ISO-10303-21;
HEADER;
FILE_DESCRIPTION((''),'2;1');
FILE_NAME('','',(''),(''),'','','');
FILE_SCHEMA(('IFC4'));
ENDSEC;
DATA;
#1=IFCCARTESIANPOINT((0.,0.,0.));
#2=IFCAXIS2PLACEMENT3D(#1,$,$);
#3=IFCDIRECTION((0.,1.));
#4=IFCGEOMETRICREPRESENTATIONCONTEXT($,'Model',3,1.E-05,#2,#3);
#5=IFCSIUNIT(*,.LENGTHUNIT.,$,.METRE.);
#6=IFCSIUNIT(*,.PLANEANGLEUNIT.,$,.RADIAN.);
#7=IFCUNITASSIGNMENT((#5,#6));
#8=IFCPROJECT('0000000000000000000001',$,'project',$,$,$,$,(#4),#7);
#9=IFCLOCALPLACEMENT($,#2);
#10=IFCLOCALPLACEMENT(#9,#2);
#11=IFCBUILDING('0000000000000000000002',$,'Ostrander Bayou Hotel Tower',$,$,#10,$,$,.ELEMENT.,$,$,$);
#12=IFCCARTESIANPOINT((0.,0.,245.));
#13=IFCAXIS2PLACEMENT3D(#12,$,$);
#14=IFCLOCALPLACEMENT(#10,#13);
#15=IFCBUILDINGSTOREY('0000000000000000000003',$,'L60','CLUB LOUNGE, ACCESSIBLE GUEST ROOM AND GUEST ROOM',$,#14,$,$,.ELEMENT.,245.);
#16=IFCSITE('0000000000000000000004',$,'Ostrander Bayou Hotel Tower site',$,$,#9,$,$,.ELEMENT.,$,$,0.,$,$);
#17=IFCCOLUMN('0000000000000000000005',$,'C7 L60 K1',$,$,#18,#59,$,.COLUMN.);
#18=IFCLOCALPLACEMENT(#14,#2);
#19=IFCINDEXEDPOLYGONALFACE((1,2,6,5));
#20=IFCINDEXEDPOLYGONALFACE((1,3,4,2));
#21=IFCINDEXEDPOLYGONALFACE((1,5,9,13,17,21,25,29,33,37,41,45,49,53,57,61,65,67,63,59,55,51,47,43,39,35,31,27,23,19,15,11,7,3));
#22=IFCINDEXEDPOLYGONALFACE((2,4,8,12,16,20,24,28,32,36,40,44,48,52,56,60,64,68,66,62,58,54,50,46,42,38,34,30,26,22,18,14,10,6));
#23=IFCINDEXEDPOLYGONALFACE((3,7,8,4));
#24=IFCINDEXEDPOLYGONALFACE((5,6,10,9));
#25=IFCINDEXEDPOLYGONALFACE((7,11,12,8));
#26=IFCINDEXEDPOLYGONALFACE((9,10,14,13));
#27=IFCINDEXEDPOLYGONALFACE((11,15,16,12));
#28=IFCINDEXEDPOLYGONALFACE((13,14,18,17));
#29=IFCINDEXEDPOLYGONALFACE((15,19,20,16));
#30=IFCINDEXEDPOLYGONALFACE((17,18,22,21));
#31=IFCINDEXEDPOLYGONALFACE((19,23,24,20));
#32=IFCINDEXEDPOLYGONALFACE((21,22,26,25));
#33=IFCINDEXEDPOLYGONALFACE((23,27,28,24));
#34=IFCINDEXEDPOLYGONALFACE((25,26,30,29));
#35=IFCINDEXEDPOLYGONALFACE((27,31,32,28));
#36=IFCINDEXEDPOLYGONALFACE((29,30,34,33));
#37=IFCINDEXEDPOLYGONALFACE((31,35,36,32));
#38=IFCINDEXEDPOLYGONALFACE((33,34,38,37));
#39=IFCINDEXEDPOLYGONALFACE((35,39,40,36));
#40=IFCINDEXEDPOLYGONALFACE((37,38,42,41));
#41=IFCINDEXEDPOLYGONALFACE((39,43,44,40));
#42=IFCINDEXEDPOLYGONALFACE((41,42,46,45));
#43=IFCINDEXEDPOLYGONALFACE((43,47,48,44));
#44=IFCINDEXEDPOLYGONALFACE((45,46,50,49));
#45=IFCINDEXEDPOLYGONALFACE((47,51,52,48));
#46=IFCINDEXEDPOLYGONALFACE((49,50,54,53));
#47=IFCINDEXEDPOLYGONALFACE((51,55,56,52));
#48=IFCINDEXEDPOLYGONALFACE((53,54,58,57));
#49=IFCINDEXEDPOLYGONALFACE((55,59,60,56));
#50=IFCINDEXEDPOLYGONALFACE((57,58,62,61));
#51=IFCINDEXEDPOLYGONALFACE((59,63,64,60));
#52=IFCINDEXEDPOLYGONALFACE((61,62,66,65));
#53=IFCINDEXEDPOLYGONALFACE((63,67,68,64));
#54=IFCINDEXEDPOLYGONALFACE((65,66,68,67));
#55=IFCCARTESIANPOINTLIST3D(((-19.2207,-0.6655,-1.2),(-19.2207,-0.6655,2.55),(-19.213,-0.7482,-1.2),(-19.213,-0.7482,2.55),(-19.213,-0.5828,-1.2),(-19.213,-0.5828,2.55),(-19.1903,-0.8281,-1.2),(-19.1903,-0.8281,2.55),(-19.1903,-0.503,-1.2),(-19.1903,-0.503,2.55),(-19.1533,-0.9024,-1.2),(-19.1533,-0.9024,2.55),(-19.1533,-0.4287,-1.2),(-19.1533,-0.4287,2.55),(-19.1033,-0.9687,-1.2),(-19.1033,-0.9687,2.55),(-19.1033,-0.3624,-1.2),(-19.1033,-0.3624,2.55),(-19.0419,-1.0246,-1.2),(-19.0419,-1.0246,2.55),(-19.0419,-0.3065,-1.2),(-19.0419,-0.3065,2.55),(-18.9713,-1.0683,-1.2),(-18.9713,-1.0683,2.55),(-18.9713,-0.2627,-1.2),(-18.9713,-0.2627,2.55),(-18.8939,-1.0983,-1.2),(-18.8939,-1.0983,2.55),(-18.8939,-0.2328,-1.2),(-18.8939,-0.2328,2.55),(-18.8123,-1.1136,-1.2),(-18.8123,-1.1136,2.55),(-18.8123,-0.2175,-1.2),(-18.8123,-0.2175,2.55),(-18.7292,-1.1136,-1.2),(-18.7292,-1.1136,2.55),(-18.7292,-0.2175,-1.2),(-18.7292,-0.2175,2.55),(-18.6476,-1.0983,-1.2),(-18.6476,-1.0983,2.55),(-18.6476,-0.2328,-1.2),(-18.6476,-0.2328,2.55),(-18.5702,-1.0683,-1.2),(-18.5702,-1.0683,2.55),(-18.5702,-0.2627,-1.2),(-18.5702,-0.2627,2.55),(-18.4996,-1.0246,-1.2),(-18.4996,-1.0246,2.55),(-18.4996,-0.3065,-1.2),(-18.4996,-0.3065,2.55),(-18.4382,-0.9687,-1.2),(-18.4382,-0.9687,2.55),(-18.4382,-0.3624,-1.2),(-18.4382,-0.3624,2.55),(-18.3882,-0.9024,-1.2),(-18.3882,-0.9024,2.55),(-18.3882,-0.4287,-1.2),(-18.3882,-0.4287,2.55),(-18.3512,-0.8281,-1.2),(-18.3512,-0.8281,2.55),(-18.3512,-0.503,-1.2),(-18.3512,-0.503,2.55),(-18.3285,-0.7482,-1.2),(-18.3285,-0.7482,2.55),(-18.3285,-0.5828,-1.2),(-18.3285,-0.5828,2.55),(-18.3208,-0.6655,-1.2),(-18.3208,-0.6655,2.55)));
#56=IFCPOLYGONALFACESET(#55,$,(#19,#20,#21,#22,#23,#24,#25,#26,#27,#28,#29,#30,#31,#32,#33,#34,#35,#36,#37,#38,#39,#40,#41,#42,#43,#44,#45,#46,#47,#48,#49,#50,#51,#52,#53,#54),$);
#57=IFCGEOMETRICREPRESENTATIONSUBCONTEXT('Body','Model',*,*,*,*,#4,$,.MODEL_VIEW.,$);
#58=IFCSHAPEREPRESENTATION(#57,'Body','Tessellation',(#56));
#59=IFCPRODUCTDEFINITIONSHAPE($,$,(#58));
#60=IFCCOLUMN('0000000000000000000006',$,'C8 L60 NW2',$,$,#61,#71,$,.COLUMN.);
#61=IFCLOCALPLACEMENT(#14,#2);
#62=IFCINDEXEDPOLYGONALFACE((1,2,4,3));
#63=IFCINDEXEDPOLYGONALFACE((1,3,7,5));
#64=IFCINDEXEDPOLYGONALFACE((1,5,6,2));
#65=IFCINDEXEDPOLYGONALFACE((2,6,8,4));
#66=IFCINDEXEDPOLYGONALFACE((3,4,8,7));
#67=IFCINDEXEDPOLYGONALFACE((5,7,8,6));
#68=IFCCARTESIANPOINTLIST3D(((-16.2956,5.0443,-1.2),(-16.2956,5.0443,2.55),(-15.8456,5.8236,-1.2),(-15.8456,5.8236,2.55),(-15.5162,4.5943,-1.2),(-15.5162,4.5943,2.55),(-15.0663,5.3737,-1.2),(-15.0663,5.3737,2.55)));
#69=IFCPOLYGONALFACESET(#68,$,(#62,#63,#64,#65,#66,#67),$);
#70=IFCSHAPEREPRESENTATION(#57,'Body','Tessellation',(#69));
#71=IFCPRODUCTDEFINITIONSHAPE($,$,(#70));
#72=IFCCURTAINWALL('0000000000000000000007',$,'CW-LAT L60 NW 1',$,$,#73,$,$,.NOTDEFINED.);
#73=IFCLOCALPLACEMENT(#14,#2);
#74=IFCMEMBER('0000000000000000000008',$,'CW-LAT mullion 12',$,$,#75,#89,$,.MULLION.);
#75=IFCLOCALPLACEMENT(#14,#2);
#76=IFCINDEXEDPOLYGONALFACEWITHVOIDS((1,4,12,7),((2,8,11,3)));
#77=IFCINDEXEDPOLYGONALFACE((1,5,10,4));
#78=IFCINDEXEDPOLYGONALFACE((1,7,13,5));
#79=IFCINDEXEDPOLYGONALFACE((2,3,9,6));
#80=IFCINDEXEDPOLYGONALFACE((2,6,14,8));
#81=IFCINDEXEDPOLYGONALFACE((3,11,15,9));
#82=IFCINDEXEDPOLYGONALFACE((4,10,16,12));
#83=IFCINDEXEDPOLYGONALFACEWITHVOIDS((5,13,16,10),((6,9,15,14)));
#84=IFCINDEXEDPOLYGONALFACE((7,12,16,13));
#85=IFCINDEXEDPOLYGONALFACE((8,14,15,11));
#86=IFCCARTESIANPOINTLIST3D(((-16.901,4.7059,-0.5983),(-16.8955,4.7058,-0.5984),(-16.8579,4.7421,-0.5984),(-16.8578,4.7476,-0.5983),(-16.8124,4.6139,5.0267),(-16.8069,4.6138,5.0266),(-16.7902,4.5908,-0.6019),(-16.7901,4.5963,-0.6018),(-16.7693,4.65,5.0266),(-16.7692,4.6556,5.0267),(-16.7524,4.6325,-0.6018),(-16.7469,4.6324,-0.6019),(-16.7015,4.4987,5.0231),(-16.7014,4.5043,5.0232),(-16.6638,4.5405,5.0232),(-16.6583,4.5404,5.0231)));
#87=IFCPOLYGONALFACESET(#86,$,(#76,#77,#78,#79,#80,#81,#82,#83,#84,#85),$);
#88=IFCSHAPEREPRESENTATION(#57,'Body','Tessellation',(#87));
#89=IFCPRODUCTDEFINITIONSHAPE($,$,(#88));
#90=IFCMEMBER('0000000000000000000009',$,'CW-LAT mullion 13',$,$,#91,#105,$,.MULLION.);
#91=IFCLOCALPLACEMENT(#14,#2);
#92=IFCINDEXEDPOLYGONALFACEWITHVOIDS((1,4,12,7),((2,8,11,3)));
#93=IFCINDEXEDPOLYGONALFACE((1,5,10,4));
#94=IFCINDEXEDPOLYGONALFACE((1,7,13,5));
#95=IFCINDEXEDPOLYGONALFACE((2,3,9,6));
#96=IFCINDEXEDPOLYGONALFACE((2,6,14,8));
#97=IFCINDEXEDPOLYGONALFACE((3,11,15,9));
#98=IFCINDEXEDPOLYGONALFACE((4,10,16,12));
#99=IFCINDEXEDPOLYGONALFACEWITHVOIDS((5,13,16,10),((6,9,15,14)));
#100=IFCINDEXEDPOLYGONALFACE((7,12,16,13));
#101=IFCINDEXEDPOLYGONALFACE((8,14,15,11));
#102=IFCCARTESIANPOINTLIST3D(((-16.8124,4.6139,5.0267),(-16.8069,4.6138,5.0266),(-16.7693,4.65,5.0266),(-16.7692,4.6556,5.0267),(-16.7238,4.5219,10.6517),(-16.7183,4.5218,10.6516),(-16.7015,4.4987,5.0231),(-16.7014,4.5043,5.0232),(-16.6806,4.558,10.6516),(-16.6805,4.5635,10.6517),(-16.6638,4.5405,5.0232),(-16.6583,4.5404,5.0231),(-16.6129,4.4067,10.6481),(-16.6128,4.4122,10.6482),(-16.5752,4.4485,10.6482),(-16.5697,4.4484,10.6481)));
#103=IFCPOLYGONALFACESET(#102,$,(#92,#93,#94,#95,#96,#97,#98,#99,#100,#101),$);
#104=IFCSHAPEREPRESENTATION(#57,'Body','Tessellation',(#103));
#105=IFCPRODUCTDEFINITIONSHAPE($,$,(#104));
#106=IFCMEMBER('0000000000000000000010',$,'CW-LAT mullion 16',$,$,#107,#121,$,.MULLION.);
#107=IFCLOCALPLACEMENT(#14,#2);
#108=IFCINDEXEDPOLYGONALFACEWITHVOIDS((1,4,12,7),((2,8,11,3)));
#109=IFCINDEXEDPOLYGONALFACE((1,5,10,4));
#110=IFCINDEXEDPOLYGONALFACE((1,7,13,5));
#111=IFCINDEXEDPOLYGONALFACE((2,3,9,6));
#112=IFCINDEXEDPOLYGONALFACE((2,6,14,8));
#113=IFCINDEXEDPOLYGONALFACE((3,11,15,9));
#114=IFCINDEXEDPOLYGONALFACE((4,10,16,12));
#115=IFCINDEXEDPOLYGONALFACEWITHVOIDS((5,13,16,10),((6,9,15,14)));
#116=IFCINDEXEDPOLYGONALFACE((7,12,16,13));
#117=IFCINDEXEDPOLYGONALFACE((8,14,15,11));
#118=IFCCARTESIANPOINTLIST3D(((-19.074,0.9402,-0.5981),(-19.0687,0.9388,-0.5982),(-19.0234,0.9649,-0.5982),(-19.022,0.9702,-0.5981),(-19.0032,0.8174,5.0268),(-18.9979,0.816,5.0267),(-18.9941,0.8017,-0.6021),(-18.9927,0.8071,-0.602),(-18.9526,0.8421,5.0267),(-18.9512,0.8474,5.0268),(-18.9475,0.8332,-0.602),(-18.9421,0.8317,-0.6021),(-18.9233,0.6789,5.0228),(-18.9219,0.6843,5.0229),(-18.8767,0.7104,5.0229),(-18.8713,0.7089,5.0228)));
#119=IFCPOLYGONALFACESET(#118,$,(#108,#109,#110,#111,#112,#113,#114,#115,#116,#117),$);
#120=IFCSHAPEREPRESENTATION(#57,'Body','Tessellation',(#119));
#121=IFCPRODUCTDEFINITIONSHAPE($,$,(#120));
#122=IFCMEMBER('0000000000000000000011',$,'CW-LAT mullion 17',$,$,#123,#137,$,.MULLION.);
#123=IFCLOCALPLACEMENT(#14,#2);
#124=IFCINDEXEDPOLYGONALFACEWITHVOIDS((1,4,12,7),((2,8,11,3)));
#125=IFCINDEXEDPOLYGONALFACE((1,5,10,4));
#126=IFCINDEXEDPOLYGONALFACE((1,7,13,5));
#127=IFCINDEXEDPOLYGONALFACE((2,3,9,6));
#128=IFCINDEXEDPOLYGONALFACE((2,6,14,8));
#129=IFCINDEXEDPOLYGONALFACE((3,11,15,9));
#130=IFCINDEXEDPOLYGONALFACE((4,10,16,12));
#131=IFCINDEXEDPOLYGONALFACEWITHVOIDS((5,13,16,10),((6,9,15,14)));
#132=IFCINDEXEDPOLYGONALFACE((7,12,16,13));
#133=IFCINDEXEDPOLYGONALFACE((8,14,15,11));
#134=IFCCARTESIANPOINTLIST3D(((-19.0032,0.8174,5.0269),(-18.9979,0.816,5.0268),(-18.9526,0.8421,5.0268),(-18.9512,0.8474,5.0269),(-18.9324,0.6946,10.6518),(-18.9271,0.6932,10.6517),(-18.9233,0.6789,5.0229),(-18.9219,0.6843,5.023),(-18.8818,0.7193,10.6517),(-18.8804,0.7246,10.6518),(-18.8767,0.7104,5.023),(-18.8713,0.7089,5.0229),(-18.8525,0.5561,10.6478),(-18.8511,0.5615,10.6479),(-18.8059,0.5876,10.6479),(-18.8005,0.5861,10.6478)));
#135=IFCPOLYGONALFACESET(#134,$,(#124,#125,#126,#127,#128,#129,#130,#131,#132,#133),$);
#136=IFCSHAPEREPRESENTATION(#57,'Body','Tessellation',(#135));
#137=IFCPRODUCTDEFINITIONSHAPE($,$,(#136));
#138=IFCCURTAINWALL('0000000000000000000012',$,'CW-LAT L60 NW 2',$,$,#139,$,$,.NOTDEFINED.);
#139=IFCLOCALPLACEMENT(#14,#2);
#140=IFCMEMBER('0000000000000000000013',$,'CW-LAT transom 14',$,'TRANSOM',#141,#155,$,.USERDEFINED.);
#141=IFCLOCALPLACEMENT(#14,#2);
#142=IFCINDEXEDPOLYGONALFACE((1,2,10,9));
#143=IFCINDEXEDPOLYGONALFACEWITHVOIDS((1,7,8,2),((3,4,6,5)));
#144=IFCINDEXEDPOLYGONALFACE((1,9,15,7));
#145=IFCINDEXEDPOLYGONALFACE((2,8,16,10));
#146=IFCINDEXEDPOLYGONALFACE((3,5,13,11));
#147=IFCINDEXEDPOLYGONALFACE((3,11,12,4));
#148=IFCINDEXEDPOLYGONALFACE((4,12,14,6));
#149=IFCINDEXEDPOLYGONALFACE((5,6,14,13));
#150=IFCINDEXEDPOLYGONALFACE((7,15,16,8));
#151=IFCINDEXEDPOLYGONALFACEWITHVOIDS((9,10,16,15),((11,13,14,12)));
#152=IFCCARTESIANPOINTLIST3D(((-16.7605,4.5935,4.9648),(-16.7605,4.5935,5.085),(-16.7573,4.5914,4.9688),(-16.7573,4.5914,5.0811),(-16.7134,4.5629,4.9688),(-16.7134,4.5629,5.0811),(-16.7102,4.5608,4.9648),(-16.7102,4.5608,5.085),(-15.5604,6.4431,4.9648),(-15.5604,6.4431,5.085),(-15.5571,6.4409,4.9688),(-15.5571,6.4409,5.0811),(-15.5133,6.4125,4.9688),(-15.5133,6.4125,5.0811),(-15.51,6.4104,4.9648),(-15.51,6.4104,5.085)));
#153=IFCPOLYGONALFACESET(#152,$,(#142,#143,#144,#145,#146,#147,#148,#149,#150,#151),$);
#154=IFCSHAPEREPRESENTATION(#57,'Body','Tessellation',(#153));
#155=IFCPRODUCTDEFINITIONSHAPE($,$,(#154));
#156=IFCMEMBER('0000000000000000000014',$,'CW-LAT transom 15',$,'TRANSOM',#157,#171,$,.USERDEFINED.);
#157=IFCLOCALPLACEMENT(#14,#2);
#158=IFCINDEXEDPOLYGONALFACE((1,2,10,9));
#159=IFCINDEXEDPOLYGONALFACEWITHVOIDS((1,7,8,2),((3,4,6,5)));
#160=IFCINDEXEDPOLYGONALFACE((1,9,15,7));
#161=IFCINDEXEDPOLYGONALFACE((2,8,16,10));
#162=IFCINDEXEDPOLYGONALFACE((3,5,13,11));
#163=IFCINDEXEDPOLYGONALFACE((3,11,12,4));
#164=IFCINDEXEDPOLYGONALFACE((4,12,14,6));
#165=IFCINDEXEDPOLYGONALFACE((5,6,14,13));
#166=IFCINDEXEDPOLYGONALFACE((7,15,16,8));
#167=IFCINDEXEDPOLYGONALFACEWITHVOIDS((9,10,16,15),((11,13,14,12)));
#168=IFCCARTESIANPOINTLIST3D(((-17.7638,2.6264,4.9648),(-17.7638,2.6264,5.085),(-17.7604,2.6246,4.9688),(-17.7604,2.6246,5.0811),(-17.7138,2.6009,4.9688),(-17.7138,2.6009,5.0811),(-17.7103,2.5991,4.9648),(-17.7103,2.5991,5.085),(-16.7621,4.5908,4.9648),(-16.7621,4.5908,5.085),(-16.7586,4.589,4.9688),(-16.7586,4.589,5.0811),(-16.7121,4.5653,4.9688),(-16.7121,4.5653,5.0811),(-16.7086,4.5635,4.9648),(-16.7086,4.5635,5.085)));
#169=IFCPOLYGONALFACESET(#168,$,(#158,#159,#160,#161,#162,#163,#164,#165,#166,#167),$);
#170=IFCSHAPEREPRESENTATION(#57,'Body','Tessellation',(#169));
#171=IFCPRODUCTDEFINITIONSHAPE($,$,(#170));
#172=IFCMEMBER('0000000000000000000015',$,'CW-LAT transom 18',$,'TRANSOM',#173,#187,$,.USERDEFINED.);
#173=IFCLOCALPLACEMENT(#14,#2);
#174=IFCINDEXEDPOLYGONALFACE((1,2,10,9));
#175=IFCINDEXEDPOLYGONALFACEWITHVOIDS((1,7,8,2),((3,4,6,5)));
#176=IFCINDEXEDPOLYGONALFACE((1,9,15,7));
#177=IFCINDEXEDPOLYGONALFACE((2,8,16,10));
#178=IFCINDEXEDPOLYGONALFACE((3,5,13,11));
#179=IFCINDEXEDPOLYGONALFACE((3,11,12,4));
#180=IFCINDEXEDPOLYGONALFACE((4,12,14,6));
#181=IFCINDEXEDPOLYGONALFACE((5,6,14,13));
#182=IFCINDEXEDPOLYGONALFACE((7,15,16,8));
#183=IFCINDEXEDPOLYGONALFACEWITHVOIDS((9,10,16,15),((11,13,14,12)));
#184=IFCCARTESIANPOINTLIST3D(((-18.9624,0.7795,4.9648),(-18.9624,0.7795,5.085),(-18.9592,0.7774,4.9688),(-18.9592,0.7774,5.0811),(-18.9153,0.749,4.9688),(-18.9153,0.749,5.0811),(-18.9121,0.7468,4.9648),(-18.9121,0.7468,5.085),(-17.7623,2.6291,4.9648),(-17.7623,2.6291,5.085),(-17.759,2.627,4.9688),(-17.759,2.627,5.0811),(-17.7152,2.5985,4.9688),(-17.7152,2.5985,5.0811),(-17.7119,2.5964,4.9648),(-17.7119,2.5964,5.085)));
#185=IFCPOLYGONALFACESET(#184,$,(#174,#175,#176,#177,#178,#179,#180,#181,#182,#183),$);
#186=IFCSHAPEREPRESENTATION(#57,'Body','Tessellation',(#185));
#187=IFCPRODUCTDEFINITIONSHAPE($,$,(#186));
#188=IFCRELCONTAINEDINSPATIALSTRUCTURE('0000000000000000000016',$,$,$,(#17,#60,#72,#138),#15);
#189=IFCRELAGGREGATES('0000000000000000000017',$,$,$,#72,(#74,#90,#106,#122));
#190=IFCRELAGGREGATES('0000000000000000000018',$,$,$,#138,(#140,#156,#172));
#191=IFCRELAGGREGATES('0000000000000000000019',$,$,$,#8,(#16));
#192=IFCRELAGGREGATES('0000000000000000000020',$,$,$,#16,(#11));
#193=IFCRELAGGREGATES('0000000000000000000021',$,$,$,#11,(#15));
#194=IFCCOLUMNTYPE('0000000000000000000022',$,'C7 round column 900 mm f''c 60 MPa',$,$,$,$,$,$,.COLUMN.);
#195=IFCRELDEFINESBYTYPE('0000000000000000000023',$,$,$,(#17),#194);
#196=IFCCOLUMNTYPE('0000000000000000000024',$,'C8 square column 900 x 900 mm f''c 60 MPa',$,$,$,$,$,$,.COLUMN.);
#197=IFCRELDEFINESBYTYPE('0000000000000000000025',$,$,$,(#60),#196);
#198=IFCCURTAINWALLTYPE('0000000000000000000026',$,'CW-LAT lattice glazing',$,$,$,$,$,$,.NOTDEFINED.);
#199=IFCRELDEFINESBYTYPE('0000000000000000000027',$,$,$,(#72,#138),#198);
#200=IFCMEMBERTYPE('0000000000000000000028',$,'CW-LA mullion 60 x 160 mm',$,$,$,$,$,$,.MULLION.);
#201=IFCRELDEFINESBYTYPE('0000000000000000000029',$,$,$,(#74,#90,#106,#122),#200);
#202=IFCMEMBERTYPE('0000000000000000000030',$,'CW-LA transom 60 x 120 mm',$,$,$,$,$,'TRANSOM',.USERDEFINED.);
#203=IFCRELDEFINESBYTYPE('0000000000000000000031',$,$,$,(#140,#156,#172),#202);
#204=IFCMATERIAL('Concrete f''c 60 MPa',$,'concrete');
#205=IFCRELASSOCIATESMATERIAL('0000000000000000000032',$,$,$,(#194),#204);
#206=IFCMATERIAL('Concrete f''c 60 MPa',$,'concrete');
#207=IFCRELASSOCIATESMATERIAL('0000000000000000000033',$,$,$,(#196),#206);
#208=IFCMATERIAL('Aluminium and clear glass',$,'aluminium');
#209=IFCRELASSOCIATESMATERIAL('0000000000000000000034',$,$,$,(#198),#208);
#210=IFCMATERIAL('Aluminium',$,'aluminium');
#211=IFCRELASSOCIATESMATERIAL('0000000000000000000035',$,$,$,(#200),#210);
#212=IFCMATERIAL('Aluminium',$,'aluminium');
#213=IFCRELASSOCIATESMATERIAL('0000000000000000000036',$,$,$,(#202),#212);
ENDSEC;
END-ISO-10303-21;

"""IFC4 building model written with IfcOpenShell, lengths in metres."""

from ifc_helpers import new_model, si_unit, direction, frame, origin, origin_2d, place, context, subcontext, project, spatial, rectangle, hollow_rectangle, circle, extrude, material, material_profile, profile_set, type_object, element, aggregate, save


model = new_model("IFC4")

# Units and contexts
model_context = context("Model", 3, precision=1e-05, world=origin(), true_north=direction((0.0, 1.0)))
body_context = subcontext(model_context, "Body", "Model", "MODEL_VIEW")
ifc_project = project(units=[si_unit("LENGTHUNIT", "METRE"), si_unit("PLANEANGLEUNIT", "RADIAN")], contexts=[model_context])

# Site, building, storey
site_placement = place(None, origin())
site = spatial("IfcSite", under=ifc_project, at=site_placement, Name="Ostrander Bayou Hotel Tower site", CompositionType="ELEMENT", RefElevation=0.0)
building_placement = place(site_placement, origin())
building = spatial("IfcBuilding", under=site, at=building_placement, Name="Ostrander Bayou Hotel Tower", CompositionType="ELEMENT")
storey_placement = place(building_placement, frame((0.0, 0.0, 245.0)))
storey = spatial("IfcBuildingStorey", under=building, at=storey_placement, Name="L60", Description="CLUB LOUNGE, ACCESSIBLE GUEST ROOM AND GUEST ROOM", CompositionType="ELEMENT", Elevation=245.0)

# Columns
ifc_material_1 = material(Name="Concrete f'c 60 MPa", Category="concrete")
ifc_material_profile_1 = material_profile(ifc_material_1, circle(Radius=0.45, at=origin_2d()))
ifc_profile_set_1 = profile_set([ifc_material_profile_1], Name="Concrete f'c 60 MPa")
column_type_1 = type_object("IfcColumnType", Name="C7 round column 900 mm f'c 60 MPa", PredefinedType="COLUMN", material=ifc_profile_set_1)
column_1_placement = place(storey_placement, frame((-18.7708, -0.6655, -1.2), z_axis=(0.0, 0.0, 1.0), x_axis=(1.0, 0.0, 0.0)))
element("IfcColumn", 1, at=column_1_placement, inside=storey, type_object=column_type_1, Name="C7 L60 K1", PredefinedType="COLUMN", context=body_context, shape_type="SweptSolid", body=[
    extrude(circle(Radius=0.45, at=origin_2d()), origin(), (0.0, 0.0, 1.0), 3.75),
])
ifc_material_2 = material(Name="Concrete f'c 60 MPa", Category="concrete")
ifc_material_profile_2 = material_profile(ifc_material_2, rectangle(XDim=0.8999, YDim=0.8999, at=origin_2d()))
ifc_profile_set_2 = profile_set([ifc_material_profile_2], Name="Concrete f'c 60 MPa")
column_type_2 = type_object("IfcColumnType", Name="C8 square column 900 x 900 mm f'c 60 MPa", PredefinedType="COLUMN", material=ifc_profile_set_2)
column_2_placement = place(storey_placement, frame((-15.6809, 5.209, -1.2), z_axis=(0.0, 0.0, 1.0), x_axis=(0.5, 0.866025, 0.0)))
element("IfcColumn", 2, at=column_2_placement, inside=storey, type_object=column_type_2, Name="C8 L60 NW2", PredefinedType="COLUMN", context=body_context, shape_type="SweptSolid", body=[
    extrude(rectangle(XDim=0.8999, YDim=0.8999, at=origin_2d()), origin(), (0.0, 0.0, 1.0), 3.75),
])

# Curtain walls, members
ifc_material_3 = material(Name="Aluminium and clear glass", Category="aluminium")
curtain_wall_type = type_object("IfcCurtainWallType", Name="CW-LAT lattice glazing", PredefinedType="NOTDEFINED", material=ifc_material_3)
curtain_wall_1_placement = place(storey_placement, origin())
curtain_wall_1 = element("IfcCurtainWall", 3, at=curtain_wall_1_placement, inside=storey, type_object=curtain_wall_type, Name="CW-LAT L60 NW 1", PredefinedType="NOTDEFINED")
ifc_material_4 = material(Name="Aluminium", Category="aluminium")
ifc_material_profile_3 = material_profile(ifc_material_4, hollow_rectangle(XDim=0.0601, YDim=0.1599, WallThickness=0.0039, at=origin_2d()))
ifc_profile_set_3 = profile_set([ifc_material_profile_3], Name="Aluminium")
member_type_1 = type_object("IfcMemberType", Name="CW-LA mullion 60 x 160 mm", PredefinedType="MULLION", material=ifc_profile_set_3)
member_1_placement = place(storey_placement, frame((-16.824, 4.6692, -0.6001), z_axis=(0.015751, -0.016359, 0.999742), x_axis=(0.720356, 0.693605, 0.0)))
member_1 = element("IfcMember", 4, at=member_1_placement, type_object=member_type_1, Name="CW-LAT mullion 12", PredefinedType="MULLION", context=body_context, shape_type="SweptSolid", body=[
    extrude(hollow_rectangle(XDim=0.0601, YDim=0.1599, WallThickness=0.0039, at=origin_2d()), origin(), (0.0, 0.0, 1.0), 5.6265),
])
member_2_placement = place(storey_placement, frame((-16.7354, 4.5771, 5.0249), z_axis=(0.015751, -0.016359, 0.999742), x_axis=(0.720356, 0.693605, 0.0)))
member_2 = element("IfcMember", 5, at=member_2_placement, type_object=member_type_1, Name="CW-LAT mullion 13", PredefinedType="MULLION", context=body_context, shape_type="SweptSolid", body=[
    extrude(hollow_rectangle(XDim=0.0601, YDim=0.1599, WallThickness=0.0039, at=origin_2d()), origin(), (0.0, 0.0, 1.0), 5.6265),
])
member_3_placement = place(storey_placement, frame((-19.0081, 0.886, -0.6001), z_axis=(0.012583, -0.021825, 0.999683), x_axis=(0.866329, 0.499474, 0.0)))
member_3 = element("IfcMember", 6, at=member_3_placement, type_object=member_type_1, Name="CW-LAT mullion 16", PredefinedType="MULLION", context=body_context, shape_type="SweptSolid", body=[
    extrude(hollow_rectangle(XDim=0.0601, YDim=0.1599, WallThickness=0.0039, at=origin_2d()), origin(), (0.0, 0.0, 1.0), 5.6267),
])
member_4_placement = place(storey_placement, frame((-18.9373, 0.7632, 5.0249), z_axis=(0.012583, -0.021825, 0.999683), x_axis=(0.866329, 0.499474, 0.0)))
member_4 = element("IfcMember", 7, at=member_4_placement, type_object=member_type_1, Name="CW-LAT mullion 17", PredefinedType="MULLION", context=body_context, shape_type="SweptSolid", body=[
    extrude(hollow_rectangle(XDim=0.0601, YDim=0.1599, WallThickness=0.0039, at=origin_2d()), origin(), (0.0, 0.0, 1.0), 5.6267),
])
curtain_wall_2_placement = place(storey_placement, origin())
curtain_wall_2 = element("IfcCurtainWall", 8, at=curtain_wall_2_placement, inside=storey, type_object=curtain_wall_type, Name="CW-LAT L60 NW 2", PredefinedType="NOTDEFINED")
ifc_material_5 = material(Name="Aluminium", Category="aluminium")
ifc_material_profile_4 = material_profile(ifc_material_5, hollow_rectangle(XDim=0.0601, YDim=0.1201, WallThickness=0.0039, at=origin_2d()))
ifc_profile_set_4 = profile_set([ifc_material_profile_4], Name="Aluminium")
member_type_2 = type_object("IfcMemberType", Name="CW-LA transom 60 x 120 mm", ElementType="TRANSOM", PredefinedType="USERDEFINED", material=ifc_profile_set_4)
member_5_placement = place(storey_placement, frame((-16.7354, 4.5771, 5.0249), z_axis=(0.544334, 0.838868, 0.0), x_axis=(-0.838868, 0.544334, 0.0)))
member_5 = element("IfcMember", 9, at=member_5_placement, type_object=member_type_2, Name="CW-LAT transom 14", ObjectType="TRANSOM", PredefinedType="USERDEFINED", context=body_context, shape_type="SweptSolid", body=[
    extrude(hollow_rectangle(XDim=0.0601, YDim=0.1201, WallThickness=0.0039, at=origin_2d()), origin(), (0.0, 0.0, 1.0), 2.2048),
])
member_6_placement = place(storey_placement, frame((-16.7354, 4.5771, 5.0249), z_axis=(-0.454286, -0.890856, 0.0), x_axis=(0.890856, -0.454286, 0.0)))
member_6 = element("IfcMember", 10, at=member_6_placement, type_object=member_type_2, Name="CW-LAT transom 15", ObjectType="TRANSOM", PredefinedType="USERDEFINED", context=body_context, shape_type="SweptSolid", body=[
    extrude(hollow_rectangle(XDim=0.0601, YDim=0.1201, WallThickness=0.0039, at=origin_2d()), origin(), (0.0, 0.0, 1.0), 2.2051),
])
member_7_placement = place(storey_placement, frame((-18.9373, 0.7632, 5.0249), z_axis=(0.544334, 0.838868, 0.0), x_axis=(-0.838868, 0.544334, 0.0)))
member_7 = element("IfcMember", 11, at=member_7_placement, type_object=member_type_2, Name="CW-LAT transom 18", ObjectType="TRANSOM", PredefinedType="USERDEFINED", context=body_context, shape_type="SweptSolid", body=[
    extrude(hollow_rectangle(XDim=0.0601, YDim=0.1201, WallThickness=0.0039, at=origin_2d()), origin(), (0.0, 0.0, 1.0), 2.2048),
])

aggregate(curtain_wall_1, [member_1, member_2, member_3, member_4])
aggregate(curtain_wall_2, [member_5, member_6, member_7])

save(model, "model.ifc")
